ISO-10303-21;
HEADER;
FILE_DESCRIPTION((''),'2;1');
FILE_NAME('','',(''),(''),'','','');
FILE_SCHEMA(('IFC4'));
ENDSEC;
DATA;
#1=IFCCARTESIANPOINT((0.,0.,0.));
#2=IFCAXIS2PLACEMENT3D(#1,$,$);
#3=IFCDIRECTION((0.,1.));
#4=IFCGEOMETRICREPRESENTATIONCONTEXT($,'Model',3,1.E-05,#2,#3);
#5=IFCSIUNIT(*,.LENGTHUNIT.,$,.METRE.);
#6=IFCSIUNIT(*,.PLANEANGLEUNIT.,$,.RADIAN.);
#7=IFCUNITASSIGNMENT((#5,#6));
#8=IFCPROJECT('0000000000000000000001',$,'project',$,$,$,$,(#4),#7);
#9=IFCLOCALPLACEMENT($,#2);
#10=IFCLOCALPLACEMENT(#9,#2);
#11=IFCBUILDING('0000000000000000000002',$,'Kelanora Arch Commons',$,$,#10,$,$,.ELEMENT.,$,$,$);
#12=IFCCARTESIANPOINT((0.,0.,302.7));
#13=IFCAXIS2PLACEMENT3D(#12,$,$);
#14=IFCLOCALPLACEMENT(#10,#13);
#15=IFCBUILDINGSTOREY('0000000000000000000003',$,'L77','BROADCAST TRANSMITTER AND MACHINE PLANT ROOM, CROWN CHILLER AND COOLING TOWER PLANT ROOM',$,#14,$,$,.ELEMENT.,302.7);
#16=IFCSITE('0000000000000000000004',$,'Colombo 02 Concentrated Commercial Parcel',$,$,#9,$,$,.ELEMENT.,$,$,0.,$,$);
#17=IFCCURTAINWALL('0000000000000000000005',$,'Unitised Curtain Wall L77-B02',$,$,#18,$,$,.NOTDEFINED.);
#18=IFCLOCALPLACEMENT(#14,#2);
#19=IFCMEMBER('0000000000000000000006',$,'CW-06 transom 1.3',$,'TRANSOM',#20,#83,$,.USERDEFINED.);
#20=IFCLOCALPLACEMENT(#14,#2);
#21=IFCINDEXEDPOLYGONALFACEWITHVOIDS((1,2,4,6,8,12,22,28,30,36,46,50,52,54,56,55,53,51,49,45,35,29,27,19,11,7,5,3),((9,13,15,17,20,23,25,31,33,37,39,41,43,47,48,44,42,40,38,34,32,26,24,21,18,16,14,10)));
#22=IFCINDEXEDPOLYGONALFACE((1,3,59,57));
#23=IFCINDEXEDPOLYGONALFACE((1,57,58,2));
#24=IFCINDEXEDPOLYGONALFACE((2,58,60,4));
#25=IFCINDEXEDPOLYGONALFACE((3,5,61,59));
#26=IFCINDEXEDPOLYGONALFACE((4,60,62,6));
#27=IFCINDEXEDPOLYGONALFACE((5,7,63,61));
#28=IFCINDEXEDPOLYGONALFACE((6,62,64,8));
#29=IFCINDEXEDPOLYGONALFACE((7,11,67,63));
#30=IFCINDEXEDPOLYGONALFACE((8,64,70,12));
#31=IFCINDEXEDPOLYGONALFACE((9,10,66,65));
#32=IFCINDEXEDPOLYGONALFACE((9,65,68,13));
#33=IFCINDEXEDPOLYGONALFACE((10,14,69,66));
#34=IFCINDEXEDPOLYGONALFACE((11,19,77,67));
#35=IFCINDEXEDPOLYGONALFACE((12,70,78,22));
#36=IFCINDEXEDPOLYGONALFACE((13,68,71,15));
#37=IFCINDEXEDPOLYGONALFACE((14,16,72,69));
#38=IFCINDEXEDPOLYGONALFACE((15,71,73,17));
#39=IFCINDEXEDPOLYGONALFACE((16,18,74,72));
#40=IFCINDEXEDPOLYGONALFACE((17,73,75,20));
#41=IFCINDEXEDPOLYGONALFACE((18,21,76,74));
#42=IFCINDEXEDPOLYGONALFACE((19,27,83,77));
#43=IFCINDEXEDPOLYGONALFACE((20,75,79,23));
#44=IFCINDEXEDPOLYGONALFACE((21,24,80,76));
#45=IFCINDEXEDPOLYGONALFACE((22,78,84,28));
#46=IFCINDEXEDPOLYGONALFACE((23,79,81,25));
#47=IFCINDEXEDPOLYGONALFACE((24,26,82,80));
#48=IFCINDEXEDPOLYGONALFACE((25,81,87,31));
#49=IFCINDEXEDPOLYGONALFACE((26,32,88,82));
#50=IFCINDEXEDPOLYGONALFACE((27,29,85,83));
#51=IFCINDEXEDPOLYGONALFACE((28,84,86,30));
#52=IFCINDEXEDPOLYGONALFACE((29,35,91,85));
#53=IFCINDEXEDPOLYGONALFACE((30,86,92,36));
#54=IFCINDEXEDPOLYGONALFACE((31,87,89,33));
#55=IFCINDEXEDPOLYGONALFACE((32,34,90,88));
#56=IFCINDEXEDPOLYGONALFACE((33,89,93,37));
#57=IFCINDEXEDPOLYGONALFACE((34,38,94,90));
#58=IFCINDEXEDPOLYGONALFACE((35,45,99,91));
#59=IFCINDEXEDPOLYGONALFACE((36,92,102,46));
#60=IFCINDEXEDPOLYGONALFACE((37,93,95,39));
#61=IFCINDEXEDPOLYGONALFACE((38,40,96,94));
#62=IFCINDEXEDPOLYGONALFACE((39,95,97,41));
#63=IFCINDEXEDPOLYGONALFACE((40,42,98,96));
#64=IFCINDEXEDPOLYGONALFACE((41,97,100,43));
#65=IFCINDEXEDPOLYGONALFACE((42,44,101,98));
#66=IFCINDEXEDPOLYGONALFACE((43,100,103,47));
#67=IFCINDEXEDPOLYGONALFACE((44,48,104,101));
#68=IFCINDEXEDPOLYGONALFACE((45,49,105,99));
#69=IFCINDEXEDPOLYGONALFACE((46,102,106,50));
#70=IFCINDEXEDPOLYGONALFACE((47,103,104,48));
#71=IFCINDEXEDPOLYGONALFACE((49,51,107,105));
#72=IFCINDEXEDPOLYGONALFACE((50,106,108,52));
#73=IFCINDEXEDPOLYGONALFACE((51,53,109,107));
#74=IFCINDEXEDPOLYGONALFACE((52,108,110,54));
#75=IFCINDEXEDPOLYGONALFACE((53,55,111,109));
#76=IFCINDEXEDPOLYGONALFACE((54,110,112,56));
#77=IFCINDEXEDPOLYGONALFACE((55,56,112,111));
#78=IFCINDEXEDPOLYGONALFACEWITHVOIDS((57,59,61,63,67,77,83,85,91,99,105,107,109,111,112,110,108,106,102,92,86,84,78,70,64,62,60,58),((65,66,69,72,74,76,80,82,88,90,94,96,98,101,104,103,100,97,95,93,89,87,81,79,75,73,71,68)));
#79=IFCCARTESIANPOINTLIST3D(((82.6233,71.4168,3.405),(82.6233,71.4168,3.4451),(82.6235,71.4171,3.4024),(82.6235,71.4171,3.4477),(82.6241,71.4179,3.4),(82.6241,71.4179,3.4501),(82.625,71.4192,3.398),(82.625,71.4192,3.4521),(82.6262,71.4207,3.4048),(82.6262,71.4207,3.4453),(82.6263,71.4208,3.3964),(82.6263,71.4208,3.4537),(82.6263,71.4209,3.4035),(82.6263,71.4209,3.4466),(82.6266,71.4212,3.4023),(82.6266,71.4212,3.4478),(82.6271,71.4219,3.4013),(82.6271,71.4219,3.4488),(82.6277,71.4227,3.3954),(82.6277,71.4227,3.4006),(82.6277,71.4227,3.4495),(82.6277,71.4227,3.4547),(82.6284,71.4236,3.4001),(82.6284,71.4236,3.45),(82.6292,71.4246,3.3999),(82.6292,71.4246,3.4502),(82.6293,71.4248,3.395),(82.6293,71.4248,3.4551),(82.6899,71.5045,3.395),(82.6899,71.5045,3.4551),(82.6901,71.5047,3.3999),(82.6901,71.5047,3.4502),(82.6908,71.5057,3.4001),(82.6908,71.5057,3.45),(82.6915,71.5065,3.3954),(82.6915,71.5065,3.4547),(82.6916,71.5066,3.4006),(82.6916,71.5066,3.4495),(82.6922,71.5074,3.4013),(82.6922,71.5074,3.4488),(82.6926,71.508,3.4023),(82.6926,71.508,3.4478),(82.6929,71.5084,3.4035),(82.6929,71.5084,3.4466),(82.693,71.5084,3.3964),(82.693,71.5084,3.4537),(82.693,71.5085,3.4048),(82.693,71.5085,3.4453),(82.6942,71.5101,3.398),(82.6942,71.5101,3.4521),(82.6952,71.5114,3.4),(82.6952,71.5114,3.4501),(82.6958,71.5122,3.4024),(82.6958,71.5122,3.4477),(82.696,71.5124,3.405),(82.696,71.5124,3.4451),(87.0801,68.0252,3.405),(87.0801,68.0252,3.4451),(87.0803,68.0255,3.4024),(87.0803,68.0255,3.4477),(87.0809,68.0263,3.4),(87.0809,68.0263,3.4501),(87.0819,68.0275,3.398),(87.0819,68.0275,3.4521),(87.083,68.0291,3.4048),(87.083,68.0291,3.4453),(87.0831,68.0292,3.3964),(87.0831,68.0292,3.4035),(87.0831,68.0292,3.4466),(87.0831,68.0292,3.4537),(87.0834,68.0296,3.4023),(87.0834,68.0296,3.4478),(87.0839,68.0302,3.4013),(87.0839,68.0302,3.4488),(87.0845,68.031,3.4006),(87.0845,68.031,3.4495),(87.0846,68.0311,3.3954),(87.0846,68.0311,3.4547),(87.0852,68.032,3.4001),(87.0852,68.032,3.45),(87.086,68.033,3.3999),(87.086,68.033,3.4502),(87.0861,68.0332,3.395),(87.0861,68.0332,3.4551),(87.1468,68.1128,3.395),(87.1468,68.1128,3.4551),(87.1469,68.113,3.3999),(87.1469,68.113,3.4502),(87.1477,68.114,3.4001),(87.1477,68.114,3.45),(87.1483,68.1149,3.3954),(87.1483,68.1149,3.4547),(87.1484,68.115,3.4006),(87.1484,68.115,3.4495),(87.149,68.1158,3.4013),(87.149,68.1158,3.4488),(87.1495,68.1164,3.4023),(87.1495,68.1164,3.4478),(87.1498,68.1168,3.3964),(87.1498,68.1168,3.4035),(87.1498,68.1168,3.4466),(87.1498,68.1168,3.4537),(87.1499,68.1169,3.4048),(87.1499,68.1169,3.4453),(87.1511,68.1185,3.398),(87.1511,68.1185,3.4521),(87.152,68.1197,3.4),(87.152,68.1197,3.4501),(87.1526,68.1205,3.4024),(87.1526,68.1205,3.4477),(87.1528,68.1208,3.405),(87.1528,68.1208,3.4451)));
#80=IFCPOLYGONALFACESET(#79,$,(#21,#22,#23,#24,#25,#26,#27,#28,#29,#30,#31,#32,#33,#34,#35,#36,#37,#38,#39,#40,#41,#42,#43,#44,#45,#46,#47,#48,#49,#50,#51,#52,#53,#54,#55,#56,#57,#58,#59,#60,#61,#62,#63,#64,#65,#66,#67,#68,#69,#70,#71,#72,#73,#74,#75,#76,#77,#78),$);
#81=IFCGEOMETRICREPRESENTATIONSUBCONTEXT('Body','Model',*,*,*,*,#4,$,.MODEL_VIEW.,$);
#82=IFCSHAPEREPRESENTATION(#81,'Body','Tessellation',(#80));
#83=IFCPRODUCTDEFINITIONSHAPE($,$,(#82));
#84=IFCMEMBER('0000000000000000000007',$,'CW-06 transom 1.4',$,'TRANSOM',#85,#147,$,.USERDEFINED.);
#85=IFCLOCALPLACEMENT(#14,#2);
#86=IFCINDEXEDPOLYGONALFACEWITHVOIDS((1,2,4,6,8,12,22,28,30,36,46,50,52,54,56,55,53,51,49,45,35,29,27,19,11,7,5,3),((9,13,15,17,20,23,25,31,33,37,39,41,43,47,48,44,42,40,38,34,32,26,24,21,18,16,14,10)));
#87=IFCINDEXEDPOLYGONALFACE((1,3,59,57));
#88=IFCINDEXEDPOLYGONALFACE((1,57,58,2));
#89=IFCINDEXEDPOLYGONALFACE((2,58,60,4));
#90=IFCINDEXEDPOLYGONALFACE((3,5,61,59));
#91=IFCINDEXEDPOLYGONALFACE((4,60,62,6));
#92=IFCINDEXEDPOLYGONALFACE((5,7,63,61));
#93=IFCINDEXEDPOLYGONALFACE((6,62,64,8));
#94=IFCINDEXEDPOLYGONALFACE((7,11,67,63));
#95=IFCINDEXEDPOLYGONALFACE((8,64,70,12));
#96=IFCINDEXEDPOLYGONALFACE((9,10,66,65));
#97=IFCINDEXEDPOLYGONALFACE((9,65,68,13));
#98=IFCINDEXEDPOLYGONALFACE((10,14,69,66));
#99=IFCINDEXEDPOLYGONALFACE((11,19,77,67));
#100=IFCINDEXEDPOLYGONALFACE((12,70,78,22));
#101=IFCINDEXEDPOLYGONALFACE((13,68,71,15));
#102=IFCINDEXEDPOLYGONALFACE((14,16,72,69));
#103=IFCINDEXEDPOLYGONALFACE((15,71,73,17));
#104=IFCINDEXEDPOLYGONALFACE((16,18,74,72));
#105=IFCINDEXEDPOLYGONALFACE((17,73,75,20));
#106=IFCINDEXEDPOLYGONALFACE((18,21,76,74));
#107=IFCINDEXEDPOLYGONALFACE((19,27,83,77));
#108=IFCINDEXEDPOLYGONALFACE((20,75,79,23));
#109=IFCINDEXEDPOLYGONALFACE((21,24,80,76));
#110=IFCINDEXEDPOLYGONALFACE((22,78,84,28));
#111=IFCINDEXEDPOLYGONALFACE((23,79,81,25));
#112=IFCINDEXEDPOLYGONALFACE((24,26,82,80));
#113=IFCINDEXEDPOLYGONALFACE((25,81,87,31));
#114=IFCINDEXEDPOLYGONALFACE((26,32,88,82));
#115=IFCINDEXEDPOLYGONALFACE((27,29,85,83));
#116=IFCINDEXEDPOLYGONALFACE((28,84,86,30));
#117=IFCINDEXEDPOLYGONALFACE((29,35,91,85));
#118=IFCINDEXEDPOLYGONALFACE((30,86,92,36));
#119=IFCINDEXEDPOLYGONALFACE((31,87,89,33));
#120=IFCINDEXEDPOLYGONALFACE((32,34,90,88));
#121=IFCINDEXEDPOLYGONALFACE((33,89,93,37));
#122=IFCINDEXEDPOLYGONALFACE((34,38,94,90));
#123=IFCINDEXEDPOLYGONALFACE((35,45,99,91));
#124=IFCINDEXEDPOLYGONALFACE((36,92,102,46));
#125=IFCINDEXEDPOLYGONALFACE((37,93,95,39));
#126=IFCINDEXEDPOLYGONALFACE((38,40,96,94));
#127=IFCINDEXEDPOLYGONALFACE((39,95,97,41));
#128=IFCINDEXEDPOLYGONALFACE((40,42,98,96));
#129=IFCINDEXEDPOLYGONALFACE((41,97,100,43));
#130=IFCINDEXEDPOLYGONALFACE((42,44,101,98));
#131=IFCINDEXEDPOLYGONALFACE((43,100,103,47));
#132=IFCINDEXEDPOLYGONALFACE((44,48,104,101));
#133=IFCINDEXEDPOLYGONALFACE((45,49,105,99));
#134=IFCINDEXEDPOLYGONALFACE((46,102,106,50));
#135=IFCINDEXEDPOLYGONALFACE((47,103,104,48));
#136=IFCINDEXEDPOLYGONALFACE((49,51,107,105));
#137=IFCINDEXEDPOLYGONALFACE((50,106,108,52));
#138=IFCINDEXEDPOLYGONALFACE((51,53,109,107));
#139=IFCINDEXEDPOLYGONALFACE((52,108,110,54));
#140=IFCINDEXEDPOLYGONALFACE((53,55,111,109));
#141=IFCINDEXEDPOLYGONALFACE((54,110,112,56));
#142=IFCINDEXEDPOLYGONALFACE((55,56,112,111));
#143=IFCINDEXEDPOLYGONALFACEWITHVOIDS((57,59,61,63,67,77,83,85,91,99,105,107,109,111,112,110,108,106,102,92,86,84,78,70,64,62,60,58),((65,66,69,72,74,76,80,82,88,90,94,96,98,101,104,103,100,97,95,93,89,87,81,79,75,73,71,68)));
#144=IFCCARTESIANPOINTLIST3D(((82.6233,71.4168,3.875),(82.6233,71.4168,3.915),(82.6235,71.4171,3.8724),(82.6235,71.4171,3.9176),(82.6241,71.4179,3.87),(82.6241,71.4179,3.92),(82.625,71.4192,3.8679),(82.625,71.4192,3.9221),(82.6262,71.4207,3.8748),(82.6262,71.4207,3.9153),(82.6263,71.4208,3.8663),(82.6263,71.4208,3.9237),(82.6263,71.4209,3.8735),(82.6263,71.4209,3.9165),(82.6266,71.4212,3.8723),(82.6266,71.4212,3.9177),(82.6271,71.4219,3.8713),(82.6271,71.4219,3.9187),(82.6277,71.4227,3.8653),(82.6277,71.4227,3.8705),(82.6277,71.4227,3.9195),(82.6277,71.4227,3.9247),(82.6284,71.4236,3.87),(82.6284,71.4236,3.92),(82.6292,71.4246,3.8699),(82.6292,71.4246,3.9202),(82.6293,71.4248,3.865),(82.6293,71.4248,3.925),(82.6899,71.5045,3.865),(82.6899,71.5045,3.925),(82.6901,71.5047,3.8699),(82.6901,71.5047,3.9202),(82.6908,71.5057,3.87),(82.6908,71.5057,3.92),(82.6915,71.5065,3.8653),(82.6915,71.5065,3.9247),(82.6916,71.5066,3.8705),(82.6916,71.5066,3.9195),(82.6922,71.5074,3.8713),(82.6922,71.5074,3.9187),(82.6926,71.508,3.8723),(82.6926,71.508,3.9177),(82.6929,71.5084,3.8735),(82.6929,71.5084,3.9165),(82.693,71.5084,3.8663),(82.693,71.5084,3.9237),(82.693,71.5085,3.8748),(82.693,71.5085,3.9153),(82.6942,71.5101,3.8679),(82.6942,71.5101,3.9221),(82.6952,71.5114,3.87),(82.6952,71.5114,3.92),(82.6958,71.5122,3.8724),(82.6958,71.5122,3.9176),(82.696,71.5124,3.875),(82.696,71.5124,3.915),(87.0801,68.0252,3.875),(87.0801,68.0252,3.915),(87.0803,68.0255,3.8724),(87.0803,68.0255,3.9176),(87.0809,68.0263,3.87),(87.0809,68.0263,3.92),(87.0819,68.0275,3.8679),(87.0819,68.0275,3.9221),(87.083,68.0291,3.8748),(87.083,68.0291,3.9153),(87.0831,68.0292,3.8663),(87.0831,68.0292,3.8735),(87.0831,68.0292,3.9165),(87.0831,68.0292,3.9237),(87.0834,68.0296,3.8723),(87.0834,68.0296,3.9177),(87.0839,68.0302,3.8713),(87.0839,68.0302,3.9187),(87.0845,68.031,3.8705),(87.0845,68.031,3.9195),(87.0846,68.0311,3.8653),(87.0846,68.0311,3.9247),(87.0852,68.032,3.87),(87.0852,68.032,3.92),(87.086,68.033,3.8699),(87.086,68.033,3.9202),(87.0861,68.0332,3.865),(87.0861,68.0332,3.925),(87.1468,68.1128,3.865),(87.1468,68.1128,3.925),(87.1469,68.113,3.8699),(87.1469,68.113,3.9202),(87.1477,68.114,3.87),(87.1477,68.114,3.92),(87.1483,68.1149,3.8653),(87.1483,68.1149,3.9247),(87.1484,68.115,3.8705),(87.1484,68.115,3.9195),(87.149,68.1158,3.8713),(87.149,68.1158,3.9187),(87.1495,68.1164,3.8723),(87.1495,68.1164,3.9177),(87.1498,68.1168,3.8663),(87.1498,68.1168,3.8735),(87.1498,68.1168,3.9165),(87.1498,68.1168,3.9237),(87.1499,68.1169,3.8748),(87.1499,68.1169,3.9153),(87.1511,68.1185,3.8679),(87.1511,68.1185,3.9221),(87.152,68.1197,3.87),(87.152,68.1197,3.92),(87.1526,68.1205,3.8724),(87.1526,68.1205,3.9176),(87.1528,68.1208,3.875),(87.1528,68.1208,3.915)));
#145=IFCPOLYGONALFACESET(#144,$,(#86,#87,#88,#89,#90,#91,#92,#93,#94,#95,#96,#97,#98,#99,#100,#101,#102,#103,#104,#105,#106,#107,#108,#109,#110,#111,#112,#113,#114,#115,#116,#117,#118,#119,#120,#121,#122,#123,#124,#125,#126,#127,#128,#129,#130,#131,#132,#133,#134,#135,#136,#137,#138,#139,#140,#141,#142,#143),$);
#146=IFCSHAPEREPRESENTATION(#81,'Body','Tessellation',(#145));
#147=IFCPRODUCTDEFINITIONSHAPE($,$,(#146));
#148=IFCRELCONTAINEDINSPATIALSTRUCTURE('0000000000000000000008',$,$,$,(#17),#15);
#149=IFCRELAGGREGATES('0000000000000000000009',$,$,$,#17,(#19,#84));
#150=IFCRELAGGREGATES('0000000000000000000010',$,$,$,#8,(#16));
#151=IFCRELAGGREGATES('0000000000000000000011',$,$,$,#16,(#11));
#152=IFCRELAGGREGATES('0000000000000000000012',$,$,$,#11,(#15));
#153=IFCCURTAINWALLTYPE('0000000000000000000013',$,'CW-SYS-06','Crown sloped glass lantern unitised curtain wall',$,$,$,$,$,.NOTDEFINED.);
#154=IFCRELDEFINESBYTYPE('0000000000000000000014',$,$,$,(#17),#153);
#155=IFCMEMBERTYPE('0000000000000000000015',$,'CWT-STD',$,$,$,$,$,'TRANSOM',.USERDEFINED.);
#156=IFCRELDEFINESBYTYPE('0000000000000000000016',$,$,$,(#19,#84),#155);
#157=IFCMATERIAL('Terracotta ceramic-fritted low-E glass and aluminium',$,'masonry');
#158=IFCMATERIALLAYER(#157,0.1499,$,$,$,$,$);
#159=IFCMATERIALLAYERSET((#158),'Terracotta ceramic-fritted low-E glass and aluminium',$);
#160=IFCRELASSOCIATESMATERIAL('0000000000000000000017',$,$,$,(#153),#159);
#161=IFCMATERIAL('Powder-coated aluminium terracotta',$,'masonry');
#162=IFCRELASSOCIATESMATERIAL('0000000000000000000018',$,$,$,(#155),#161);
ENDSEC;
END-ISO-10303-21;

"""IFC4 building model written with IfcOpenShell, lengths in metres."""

from ifc_helpers import new_model, si_unit, direction, frame, origin, origin_2d, place, context, subcontext, project, spatial, hollow_rectangle, extrude, material, layer, layer_set, material_profile, profile_set, type_object, element, aggregate, save


model = new_model("IFC4")

# Units and contexts
model_context = context("Model", 3, precision=1e-05, world=origin(), true_north=direction((0.0, 1.0)))
body_context = subcontext(model_context, "Body", "Model", "MODEL_VIEW")
ifc_project = project(units=[si_unit("LENGTHUNIT", "METRE"), si_unit("PLANEANGLEUNIT", "RADIAN")], contexts=[model_context])

# Site, building, storey
site_placement = place(None, origin())
site = spatial("IfcSite", under=ifc_project, at=site_placement, Name="Colombo 02 Concentrated Commercial Parcel", CompositionType="ELEMENT", RefElevation=0.0)
building_placement = place(site_placement, origin())
building = spatial("IfcBuilding", under=site, at=building_placement, Name="Kelanora Arch Commons", CompositionType="ELEMENT")
storey_placement = place(building_placement, frame((0.0, 0.0, 302.7)))
storey = spatial("IfcBuildingStorey", under=building, at=storey_placement, Name="L77", Description="BROADCAST TRANSMITTER AND MACHINE PLANT ROOM, CROWN CHILLER AND COOLING TOWER PLANT ROOM", CompositionType="ELEMENT", Elevation=302.7)

# Shared definitions
ifc_material_1 = material(Name="Terracotta ceramic-fritted low-E glass and aluminium", Category="masonry")
ifc_layer_1 = layer(ifc_material_1, 0.1499)
ifc_layer_set_1 = layer_set([ifc_layer_1], Name="Terracotta ceramic-fritted low-E glass and aluminium")
curtain_wall_type = type_object("IfcCurtainWallType", Name="CW-SYS-06", Description="Crown sloped glass lantern unitised curtain wall", PredefinedType="NOTDEFINED", material=ifc_layer_set_1)
ifc_material_2 = material(Name="Powder-coated aluminium terracotta", Category="masonry")

# Curtain wall
curtain_wall_1_placement = place(storey_placement, origin())
curtain_wall_1 = element("IfcCurtainWall", 1, at=curtain_wall_1_placement, inside=storey, type_object=curtain_wall_type, Name="Unitised Curtain Wall L77-B02", PredefinedType="NOTDEFINED")

# Members
ifc_material_profile_1 = material_profile(ifc_material_2, hollow_rectangle(XDim=0.1201, YDim=0.0601, WallThickness=0.0049, InnerFilletRadius=0.0049, OuterFilletRadius=0.01, at=origin_2d()), Name="CWT120x60")
ifc_profile_set_1 = profile_set([ifc_material_profile_1], Name="Powder-coated aluminium terracotta")
member_type_1 = type_object("IfcMemberType", Name="CWT-STD", ElementType="TRANSOM", PredefinedType="USERDEFINED", material=ifc_profile_set_1)
member_1_placement = place(storey_placement, frame((87.1165, 68.073, 3.425), z_axis=(-0.79578, 0.605586, 0.0), x_axis=(-0.605586, -0.79578, 0.0)))
member_1 = element("IfcMember", 2, at=member_1_placement, type_object=member_type_1, Name="CW-06 transom 1.3", ObjectType="TRANSOM", PredefinedType="USERDEFINED", context=body_context, shape_type="SweptSolid", body=[
    extrude(hollow_rectangle(XDim=0.1201, YDim=0.0601, WallThickness=0.0049, InnerFilletRadius=0.0049, OuterFilletRadius=0.01, at=origin_2d()), origin(), (0.0, 0.0, 1.0), 5.6006),
])
member_2_placement = place(storey_placement, frame((87.1165, 68.073, 3.895), z_axis=(-0.79578, 0.605586, 0.0), x_axis=(-0.605586, -0.79578, 0.0)))
member_2 = element("IfcMember", 3, at=member_2_placement, type_object=member_type_1, Name="CW-06 transom 1.4", ObjectType="TRANSOM", PredefinedType="USERDEFINED", context=body_context, shape_type="SweptSolid", body=[
    extrude(hollow_rectangle(XDim=0.1201, YDim=0.0601, WallThickness=0.0049, InnerFilletRadius=0.0049, OuterFilletRadius=0.01, at=origin_2d()), origin(), (0.0, 0.0, 1.0), 5.6006),
])

aggregate(curtain_wall_1, [member_1, member_2])

save(model, "model.ifc")
